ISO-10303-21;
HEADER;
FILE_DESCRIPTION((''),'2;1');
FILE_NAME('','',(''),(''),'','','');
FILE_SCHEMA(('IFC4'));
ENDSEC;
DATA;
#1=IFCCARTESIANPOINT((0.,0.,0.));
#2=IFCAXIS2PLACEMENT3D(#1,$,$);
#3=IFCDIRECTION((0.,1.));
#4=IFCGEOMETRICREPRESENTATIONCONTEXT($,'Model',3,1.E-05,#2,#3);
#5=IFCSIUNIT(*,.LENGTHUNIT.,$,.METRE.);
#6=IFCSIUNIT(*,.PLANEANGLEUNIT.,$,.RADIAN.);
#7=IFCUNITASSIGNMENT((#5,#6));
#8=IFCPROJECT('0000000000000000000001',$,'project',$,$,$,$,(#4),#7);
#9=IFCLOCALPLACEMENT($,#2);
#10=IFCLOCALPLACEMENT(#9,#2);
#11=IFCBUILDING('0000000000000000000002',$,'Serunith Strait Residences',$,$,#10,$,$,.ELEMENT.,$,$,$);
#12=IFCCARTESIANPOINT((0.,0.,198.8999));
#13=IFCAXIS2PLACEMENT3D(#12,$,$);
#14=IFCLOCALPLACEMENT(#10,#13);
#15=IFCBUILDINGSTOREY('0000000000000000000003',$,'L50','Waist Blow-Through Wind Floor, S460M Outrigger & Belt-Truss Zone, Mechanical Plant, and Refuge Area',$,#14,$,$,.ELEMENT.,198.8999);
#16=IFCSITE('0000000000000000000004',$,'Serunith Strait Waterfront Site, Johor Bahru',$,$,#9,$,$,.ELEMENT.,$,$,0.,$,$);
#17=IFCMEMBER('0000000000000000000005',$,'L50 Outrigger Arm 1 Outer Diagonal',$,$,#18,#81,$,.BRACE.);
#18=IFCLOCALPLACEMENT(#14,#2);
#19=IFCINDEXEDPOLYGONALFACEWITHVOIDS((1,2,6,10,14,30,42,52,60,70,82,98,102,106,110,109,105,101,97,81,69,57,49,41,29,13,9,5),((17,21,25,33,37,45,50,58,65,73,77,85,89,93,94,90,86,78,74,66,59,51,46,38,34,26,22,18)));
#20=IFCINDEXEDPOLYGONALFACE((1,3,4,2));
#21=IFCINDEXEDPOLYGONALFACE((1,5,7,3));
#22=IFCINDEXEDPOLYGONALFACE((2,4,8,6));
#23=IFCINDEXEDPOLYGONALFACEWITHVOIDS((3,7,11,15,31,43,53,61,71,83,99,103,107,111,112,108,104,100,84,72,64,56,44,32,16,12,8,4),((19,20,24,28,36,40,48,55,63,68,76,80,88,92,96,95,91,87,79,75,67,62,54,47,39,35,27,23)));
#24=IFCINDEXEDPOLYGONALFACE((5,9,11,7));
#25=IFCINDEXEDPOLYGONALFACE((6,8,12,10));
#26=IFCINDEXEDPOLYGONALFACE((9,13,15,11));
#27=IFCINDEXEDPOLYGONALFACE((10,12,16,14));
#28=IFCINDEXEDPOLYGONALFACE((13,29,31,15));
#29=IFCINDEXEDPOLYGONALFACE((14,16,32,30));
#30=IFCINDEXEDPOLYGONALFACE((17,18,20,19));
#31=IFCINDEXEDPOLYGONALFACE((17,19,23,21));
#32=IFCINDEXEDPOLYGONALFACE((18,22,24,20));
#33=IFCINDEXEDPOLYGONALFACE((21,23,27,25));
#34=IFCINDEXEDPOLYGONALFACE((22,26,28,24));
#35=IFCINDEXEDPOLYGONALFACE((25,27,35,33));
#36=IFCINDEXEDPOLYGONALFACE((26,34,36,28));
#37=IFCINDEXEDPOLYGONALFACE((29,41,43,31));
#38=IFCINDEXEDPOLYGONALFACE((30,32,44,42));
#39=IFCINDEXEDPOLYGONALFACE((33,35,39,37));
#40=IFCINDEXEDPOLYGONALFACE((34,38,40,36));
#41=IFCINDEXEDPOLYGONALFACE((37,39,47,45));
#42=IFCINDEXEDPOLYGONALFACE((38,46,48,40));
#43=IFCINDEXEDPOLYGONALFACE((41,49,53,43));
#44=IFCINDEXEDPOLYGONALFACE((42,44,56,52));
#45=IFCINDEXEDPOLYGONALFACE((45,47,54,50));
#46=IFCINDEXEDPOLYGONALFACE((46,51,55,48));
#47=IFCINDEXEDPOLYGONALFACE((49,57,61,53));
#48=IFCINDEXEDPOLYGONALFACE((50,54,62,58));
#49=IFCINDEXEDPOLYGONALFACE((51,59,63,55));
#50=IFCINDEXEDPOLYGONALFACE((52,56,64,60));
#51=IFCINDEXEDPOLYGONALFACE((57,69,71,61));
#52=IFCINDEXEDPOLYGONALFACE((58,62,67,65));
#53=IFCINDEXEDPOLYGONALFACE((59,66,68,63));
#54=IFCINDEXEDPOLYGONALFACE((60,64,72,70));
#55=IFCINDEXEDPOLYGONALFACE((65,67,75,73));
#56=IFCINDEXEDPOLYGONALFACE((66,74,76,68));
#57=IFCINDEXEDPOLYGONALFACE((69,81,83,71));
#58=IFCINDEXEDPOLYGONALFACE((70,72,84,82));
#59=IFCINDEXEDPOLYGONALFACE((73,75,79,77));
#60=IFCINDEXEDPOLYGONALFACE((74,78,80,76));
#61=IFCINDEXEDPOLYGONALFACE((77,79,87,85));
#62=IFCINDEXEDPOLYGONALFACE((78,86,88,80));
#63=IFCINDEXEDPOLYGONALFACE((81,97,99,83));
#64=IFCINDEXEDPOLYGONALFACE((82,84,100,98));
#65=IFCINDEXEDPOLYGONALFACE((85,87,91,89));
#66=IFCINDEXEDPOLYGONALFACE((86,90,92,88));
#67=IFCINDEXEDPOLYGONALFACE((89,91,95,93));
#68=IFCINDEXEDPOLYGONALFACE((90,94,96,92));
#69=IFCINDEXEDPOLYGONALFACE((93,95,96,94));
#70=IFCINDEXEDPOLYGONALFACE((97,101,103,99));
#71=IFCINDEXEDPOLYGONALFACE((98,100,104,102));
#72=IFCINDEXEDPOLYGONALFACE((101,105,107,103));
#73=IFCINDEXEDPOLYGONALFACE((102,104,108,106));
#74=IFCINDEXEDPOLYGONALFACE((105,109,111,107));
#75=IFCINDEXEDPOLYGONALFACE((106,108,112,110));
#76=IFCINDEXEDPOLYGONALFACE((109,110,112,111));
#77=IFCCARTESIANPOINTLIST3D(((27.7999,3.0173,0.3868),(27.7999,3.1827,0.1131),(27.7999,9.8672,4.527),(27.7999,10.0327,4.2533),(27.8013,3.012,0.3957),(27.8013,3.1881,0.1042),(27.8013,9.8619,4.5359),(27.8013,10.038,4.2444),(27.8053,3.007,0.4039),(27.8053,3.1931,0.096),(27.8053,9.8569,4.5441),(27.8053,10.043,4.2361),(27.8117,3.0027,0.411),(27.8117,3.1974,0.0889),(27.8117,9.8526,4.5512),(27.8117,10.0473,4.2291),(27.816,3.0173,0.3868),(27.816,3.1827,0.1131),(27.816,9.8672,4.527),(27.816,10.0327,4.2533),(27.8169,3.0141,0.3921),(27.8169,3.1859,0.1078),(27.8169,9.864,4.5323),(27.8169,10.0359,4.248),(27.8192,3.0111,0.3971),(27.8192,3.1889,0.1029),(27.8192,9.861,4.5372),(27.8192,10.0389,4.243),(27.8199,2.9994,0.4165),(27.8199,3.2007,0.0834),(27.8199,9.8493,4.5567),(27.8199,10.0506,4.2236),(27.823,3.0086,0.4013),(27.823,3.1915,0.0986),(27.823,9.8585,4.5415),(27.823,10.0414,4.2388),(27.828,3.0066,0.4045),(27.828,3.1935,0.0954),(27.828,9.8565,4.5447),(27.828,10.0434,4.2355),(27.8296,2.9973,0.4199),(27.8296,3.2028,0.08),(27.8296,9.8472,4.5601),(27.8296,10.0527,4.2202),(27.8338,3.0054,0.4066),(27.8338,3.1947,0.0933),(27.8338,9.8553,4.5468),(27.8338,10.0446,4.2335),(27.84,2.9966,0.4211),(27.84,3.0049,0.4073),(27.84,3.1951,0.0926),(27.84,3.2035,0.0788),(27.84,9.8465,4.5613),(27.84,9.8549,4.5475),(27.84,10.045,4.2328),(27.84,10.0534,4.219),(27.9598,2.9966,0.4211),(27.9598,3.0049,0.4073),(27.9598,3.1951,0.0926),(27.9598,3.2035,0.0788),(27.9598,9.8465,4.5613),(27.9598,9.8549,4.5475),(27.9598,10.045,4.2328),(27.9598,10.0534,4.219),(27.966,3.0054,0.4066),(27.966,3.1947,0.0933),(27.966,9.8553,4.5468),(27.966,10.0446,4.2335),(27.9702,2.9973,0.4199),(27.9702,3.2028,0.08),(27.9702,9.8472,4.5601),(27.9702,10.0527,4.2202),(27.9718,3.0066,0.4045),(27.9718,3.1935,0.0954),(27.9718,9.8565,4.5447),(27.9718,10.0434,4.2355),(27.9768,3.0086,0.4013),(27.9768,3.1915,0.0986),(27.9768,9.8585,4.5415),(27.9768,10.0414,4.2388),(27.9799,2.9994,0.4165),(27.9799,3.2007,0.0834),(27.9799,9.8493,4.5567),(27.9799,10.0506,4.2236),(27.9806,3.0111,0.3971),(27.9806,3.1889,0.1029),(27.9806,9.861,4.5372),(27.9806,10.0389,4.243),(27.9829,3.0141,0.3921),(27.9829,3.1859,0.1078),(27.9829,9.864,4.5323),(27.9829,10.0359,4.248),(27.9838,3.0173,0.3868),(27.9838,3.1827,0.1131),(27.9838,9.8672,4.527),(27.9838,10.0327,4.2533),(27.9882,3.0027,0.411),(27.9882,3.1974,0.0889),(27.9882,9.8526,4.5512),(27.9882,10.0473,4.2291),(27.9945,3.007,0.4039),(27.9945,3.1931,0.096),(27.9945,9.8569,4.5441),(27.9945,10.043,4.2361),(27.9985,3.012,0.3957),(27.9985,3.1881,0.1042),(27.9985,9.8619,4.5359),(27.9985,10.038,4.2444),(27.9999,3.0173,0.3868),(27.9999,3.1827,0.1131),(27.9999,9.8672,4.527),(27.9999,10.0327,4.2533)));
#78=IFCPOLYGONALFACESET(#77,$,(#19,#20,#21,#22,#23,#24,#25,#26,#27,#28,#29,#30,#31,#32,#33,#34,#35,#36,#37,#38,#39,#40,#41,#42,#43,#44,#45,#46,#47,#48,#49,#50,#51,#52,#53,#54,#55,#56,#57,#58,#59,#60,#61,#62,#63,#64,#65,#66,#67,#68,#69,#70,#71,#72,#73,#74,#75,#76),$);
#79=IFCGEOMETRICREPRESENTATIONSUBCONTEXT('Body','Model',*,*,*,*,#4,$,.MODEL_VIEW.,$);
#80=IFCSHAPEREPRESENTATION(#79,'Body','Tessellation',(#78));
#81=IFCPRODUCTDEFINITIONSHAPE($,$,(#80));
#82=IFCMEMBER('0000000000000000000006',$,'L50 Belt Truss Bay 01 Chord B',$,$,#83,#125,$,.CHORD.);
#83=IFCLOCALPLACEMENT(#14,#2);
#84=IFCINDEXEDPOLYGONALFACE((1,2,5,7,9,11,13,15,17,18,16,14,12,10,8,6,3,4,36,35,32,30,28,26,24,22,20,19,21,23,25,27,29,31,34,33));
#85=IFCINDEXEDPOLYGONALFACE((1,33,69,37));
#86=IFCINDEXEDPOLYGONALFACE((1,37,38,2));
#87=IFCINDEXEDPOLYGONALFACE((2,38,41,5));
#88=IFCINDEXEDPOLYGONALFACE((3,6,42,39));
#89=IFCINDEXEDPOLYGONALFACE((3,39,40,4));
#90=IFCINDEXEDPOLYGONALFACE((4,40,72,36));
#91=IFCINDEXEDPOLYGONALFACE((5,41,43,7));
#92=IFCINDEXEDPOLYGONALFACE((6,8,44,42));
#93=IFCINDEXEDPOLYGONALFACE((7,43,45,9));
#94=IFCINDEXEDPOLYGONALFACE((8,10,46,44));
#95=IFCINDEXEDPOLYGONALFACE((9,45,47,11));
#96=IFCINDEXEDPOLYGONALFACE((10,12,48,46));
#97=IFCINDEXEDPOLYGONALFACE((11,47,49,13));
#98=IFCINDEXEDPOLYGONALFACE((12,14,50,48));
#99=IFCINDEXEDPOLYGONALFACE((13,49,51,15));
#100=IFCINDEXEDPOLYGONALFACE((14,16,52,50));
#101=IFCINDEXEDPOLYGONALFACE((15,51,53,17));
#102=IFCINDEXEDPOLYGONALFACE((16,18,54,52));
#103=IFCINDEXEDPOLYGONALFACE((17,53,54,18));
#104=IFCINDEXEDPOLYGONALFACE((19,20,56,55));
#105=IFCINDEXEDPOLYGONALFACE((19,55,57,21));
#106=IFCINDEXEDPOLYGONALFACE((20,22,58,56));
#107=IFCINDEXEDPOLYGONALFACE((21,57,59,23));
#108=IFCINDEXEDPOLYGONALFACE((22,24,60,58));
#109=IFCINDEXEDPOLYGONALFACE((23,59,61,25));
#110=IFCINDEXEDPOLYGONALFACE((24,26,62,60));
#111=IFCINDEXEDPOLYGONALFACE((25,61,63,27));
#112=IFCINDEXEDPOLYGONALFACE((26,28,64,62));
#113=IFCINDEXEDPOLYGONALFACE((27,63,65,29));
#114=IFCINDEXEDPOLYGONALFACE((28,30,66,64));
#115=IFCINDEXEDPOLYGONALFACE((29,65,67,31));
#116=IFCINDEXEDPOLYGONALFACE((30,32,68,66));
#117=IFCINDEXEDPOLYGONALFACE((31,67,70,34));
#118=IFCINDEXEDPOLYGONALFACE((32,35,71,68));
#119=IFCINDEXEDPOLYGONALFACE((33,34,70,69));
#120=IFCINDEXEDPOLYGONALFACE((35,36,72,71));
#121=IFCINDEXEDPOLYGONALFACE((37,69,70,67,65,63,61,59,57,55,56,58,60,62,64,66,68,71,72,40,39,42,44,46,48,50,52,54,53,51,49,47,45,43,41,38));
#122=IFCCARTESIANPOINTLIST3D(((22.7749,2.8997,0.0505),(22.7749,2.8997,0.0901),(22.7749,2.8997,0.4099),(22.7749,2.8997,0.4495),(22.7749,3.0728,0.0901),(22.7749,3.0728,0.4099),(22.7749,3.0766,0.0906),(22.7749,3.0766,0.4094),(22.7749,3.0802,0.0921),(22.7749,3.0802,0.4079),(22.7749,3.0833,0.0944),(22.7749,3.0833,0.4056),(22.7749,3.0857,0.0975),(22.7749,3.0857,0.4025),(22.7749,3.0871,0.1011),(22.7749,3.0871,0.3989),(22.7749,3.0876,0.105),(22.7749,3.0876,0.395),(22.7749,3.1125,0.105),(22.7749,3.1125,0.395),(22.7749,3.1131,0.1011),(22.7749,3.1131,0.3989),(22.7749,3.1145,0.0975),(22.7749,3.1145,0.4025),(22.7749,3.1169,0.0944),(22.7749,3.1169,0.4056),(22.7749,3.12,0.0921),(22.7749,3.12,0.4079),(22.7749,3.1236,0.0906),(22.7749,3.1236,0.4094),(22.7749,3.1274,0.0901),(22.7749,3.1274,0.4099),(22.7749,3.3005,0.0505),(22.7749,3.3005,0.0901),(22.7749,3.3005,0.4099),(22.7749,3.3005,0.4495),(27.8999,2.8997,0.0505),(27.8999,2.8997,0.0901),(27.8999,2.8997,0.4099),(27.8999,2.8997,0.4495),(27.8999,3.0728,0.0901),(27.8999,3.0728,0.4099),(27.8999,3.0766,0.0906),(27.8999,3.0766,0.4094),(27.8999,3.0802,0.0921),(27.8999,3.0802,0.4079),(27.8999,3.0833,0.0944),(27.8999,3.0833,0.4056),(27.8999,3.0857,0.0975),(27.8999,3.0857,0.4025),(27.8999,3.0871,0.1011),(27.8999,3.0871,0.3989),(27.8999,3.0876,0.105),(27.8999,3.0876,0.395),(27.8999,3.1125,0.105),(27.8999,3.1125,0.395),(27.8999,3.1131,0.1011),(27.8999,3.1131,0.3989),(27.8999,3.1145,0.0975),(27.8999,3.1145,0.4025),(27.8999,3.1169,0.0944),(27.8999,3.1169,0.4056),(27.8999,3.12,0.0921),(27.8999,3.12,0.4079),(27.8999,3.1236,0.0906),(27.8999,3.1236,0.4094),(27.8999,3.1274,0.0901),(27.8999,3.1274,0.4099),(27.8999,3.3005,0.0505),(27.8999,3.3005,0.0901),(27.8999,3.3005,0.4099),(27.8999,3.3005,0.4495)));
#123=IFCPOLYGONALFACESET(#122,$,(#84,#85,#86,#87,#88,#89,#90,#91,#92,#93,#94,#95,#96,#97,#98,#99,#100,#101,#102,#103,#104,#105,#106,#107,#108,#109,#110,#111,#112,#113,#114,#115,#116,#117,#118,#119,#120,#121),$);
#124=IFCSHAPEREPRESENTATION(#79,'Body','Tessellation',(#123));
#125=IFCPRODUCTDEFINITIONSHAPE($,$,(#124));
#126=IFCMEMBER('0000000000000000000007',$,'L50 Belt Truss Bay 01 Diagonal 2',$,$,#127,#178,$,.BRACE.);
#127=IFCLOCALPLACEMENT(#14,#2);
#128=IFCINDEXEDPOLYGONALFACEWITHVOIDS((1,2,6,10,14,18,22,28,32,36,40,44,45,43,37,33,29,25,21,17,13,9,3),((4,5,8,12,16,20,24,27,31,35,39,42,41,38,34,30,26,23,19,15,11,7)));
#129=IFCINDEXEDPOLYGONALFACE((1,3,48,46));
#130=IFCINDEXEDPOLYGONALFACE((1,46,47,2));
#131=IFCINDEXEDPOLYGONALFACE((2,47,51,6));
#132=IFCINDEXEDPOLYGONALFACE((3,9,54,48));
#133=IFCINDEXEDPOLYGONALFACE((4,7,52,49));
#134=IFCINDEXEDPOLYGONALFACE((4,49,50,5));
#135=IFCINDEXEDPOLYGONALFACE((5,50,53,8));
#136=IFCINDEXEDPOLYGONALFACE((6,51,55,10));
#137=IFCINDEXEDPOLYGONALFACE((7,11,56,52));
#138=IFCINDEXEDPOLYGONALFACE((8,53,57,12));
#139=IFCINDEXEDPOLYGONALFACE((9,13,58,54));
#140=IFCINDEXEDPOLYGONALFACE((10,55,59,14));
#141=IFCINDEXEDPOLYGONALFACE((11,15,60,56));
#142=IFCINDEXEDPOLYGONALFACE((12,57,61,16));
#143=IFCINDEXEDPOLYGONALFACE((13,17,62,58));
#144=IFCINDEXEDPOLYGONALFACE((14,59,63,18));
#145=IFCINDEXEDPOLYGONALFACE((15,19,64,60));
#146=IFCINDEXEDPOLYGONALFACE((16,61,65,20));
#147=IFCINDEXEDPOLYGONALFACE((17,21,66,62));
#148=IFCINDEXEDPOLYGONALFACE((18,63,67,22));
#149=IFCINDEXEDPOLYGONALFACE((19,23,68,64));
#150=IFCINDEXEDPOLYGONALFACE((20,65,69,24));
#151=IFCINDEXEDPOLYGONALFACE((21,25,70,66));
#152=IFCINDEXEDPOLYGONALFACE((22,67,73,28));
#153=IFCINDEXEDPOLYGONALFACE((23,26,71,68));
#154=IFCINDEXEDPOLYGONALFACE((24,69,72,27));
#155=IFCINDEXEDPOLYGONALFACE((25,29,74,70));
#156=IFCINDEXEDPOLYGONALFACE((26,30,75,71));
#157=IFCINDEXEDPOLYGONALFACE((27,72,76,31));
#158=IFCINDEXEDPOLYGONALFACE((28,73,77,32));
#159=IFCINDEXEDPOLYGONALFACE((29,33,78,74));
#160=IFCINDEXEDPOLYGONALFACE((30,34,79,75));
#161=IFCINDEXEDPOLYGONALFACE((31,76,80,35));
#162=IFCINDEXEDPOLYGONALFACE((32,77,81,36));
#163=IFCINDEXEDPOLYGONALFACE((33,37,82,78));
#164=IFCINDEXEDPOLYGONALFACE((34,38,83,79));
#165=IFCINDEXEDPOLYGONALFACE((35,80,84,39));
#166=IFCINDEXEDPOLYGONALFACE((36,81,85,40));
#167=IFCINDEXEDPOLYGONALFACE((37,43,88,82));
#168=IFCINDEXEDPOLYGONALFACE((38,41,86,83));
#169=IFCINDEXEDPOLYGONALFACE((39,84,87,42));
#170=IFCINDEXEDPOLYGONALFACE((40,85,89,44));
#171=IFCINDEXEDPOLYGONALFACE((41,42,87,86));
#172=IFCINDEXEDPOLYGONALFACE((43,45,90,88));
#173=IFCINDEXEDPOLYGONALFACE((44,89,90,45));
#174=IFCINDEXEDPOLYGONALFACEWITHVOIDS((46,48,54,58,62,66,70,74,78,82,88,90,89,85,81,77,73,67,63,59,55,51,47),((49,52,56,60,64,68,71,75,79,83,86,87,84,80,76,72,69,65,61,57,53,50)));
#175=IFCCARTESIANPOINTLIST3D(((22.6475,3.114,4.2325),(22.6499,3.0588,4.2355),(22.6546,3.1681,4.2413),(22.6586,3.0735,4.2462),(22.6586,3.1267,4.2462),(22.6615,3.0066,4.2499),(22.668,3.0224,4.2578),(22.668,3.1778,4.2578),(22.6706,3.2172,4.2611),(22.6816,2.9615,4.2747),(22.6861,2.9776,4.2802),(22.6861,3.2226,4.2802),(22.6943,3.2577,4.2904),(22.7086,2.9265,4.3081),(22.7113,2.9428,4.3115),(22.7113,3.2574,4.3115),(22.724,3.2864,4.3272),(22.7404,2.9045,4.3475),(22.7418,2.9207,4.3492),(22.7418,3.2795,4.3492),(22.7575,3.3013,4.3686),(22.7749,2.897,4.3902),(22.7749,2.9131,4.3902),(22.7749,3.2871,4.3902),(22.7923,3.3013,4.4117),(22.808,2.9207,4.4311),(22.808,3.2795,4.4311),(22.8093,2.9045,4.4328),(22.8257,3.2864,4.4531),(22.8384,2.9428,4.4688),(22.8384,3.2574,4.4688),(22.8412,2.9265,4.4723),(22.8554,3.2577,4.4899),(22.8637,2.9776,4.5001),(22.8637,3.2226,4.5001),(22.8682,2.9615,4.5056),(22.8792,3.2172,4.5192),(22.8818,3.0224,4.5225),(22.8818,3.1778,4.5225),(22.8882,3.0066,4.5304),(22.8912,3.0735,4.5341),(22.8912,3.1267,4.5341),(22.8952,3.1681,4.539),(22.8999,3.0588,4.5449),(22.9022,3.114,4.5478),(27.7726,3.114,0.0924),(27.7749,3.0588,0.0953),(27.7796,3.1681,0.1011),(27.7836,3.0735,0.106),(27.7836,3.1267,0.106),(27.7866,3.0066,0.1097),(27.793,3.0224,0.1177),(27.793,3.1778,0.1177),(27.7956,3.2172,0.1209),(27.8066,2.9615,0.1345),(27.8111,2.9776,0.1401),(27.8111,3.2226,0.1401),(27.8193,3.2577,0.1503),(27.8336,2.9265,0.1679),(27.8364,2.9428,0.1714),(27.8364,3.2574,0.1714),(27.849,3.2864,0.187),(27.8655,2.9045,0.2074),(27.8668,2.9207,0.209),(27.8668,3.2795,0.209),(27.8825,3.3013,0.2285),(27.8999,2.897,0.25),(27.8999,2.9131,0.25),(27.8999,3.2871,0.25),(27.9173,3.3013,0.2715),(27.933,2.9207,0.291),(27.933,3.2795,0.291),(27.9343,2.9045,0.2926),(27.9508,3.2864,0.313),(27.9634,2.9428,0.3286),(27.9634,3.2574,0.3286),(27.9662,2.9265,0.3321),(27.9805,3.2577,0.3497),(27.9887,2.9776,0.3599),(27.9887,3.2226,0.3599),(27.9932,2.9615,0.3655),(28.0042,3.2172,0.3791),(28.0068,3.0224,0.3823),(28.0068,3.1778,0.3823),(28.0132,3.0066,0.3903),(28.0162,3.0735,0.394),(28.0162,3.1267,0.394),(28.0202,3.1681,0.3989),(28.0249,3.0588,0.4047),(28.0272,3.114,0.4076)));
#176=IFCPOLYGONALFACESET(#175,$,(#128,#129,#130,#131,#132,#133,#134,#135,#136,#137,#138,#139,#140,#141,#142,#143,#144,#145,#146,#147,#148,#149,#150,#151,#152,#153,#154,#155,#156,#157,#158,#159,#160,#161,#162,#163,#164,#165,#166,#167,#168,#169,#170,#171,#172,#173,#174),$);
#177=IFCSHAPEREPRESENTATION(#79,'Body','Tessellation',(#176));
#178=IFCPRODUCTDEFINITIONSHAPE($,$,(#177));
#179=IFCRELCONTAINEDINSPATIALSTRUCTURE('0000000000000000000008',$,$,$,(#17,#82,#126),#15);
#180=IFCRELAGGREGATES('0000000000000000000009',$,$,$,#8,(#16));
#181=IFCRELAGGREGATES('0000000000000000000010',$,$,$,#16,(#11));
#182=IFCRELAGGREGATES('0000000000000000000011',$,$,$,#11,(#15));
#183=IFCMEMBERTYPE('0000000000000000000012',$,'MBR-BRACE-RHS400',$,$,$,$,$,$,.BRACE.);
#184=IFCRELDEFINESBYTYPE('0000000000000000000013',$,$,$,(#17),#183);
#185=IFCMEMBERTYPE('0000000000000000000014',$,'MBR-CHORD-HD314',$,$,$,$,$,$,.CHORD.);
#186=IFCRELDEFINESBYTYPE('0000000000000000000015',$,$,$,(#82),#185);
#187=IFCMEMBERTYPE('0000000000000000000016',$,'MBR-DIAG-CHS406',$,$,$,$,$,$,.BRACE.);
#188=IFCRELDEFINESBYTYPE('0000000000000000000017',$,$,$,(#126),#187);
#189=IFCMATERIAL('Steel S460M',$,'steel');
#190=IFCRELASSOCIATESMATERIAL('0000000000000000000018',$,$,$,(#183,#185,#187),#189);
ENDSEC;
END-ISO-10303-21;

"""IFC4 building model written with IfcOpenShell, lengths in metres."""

from ifc_helpers import new_model, si_unit, direction, frame, origin, origin_2d, place, context, subcontext, project, spatial, hollow_rectangle, hollow_circle, i_section, extrude, source, transform, mapped, material, material_profile, profile_set, type_object, element, save


model = new_model("IFC4")

# Units and contexts
model_context = context("Model", 3, precision=1e-05, world=origin(), true_north=direction((0.0, 1.0)))
body_context = subcontext(model_context, "Body", "Model", "MODEL_VIEW")
ifc_project = project(units=[si_unit("LENGTHUNIT", "METRE"), si_unit("PLANEANGLEUNIT", "RADIAN")], contexts=[model_context])

# Site, building, storey
site_placement = place(None, origin())
site = spatial("IfcSite", under=ifc_project, at=site_placement, Name="Serunith Strait Waterfront Site, Johor Bahru", CompositionType="ELEMENT", RefElevation=0.0)
building_placement = place(site_placement, origin())
building = spatial("IfcBuilding", under=site, at=building_placement, Name="Serunith Strait Residences", CompositionType="ELEMENT")
storey_placement = place(building_placement, frame((0.0, 0.0, 198.8999)))
storey = spatial("IfcBuildingStorey", under=building, at=storey_placement, Name="L50", Description="Waist Blow-Through Wind Floor, S460M Outrigger & Belt-Truss Zone, Mechanical Plant, and Refuge Area", CompositionType="ELEMENT", Elevation=198.8999)

# Members
ifc_material_1 = material(Name="Steel S460M", Category="steel")
ifc_material_profile_1 = material_profile(ifc_material_1, hollow_rectangle(XDim=0.2, YDim=0.3999, WallThickness=0.0161, InnerFilletRadius=0.0239, OuterFilletRadius=0.04, at=origin_2d()), Name="RHS 400x200x16")
ifc_profile_set_1 = profile_set([ifc_material_profile_1], Name="Steel S460M")
member_type_1 = type_object("IfcMemberType", Name="MBR-BRACE-RHS400", PredefinedType="BRACE", material=ifc_profile_set_1)
shared_shape_1 = source(origin(), body_context, "Body", "SweptSolid", [
    extrude(hollow_rectangle(XDim=0.2, YDim=0.3999, WallThickness=0.0161, InnerFilletRadius=0.0239, OuterFilletRadius=0.04, at=origin_2d()), origin(), (0.0, 0.0, 1.0), 8.0039),
])
member_1_placement = place(storey_placement, frame((27.8999, 9.95, 4.3901), z_axis=(0.0, -0.855822, -0.51727), x_axis=(1.0, 0.0, 0.0)))
element("IfcMember", 1, at=member_1_placement, inside=storey, type_object=member_type_1, Name="L50 Outrigger Arm 1 Outer Diagonal", PredefinedType="BRACE", context=body_context, shape_type="MappedRepresentation", body=[
    mapped(shared_shape_1, transform((0.0, 0.0, 0.0), scale=1.0)),
])
ifc_material_profile_2 = material_profile(ifc_material_1, i_section(OverallWidth=0.4009, OverallDepth=0.3989, WebThickness=0.0249, FlangeThickness=0.0396, FilletRadius=0.0149, at=origin_2d()), Name="HD 400x314")
ifc_profile_set_2 = profile_set([ifc_material_profile_2], Name="Steel S460M")
member_type_2 = type_object("IfcMemberType", Name="MBR-CHORD-HD314", PredefinedType="CHORD", material=ifc_profile_set_2)
shared_shape_2 = source(origin(), body_context, "Body", "SweptSolid", [
    extrude(i_section(OverallWidth=0.4009, OverallDepth=0.3989, WebThickness=0.0249, FlangeThickness=0.0396, FilletRadius=0.0149, at=origin_2d()), origin(), (0.0, 0.0, 1.0), 5.125),
])
member_2_placement = place(storey_placement, frame((22.7749, 3.1001, 0.25), z_axis=(1.0, 0.0, 0.0), x_axis=(0.0, 1.0, 0.0)))
element("IfcMember", 2, at=member_2_placement, inside=storey, type_object=member_type_2, Name="L50 Belt Truss Bay 01 Chord B", PredefinedType="CHORD", context=body_context, shape_type="MappedRepresentation", body=[
    mapped(shared_shape_2, transform((0.0, 0.0, 0.0), scale=1.0)),
])
ifc_material_profile_3 = material_profile(ifc_material_1, hollow_circle(Radius=0.2031, WallThickness=0.0161, at=origin_2d()), Name="CHS 406.4x16")
ifc_profile_set_3 = profile_set([ifc_material_profile_3], Name="Steel S460M")
member_type_3 = type_object("IfcMemberType", Name="MBR-DIAG-CHS406", PredefinedType="BRACE", material=ifc_profile_set_3)
shared_shape_3 = source(origin(), body_context, "Body", "SweptSolid", [
    extrude(hollow_circle(Radius=0.2031, WallThickness=0.0161, at=origin_2d()), origin(), (0.0, 0.0, 1.0), 6.5884),
])
member_3_placement = place(storey_placement, frame((27.8999, 3.1001, 0.25), z_axis=(-0.777888, 0.0, 0.628403), x_axis=(0.0, -1.0, 0.0)))
element("IfcMember", 3, at=member_3_placement, inside=storey, type_object=member_type_3, Name="L50 Belt Truss Bay 01 Diagonal 2", PredefinedType="BRACE", context=body_context, shape_type="MappedRepresentation", body=[
    mapped(shared_shape_3, transform((0.0, 0.0, 0.0), scale=1.0)),
])

save(model, "model.ifc")
